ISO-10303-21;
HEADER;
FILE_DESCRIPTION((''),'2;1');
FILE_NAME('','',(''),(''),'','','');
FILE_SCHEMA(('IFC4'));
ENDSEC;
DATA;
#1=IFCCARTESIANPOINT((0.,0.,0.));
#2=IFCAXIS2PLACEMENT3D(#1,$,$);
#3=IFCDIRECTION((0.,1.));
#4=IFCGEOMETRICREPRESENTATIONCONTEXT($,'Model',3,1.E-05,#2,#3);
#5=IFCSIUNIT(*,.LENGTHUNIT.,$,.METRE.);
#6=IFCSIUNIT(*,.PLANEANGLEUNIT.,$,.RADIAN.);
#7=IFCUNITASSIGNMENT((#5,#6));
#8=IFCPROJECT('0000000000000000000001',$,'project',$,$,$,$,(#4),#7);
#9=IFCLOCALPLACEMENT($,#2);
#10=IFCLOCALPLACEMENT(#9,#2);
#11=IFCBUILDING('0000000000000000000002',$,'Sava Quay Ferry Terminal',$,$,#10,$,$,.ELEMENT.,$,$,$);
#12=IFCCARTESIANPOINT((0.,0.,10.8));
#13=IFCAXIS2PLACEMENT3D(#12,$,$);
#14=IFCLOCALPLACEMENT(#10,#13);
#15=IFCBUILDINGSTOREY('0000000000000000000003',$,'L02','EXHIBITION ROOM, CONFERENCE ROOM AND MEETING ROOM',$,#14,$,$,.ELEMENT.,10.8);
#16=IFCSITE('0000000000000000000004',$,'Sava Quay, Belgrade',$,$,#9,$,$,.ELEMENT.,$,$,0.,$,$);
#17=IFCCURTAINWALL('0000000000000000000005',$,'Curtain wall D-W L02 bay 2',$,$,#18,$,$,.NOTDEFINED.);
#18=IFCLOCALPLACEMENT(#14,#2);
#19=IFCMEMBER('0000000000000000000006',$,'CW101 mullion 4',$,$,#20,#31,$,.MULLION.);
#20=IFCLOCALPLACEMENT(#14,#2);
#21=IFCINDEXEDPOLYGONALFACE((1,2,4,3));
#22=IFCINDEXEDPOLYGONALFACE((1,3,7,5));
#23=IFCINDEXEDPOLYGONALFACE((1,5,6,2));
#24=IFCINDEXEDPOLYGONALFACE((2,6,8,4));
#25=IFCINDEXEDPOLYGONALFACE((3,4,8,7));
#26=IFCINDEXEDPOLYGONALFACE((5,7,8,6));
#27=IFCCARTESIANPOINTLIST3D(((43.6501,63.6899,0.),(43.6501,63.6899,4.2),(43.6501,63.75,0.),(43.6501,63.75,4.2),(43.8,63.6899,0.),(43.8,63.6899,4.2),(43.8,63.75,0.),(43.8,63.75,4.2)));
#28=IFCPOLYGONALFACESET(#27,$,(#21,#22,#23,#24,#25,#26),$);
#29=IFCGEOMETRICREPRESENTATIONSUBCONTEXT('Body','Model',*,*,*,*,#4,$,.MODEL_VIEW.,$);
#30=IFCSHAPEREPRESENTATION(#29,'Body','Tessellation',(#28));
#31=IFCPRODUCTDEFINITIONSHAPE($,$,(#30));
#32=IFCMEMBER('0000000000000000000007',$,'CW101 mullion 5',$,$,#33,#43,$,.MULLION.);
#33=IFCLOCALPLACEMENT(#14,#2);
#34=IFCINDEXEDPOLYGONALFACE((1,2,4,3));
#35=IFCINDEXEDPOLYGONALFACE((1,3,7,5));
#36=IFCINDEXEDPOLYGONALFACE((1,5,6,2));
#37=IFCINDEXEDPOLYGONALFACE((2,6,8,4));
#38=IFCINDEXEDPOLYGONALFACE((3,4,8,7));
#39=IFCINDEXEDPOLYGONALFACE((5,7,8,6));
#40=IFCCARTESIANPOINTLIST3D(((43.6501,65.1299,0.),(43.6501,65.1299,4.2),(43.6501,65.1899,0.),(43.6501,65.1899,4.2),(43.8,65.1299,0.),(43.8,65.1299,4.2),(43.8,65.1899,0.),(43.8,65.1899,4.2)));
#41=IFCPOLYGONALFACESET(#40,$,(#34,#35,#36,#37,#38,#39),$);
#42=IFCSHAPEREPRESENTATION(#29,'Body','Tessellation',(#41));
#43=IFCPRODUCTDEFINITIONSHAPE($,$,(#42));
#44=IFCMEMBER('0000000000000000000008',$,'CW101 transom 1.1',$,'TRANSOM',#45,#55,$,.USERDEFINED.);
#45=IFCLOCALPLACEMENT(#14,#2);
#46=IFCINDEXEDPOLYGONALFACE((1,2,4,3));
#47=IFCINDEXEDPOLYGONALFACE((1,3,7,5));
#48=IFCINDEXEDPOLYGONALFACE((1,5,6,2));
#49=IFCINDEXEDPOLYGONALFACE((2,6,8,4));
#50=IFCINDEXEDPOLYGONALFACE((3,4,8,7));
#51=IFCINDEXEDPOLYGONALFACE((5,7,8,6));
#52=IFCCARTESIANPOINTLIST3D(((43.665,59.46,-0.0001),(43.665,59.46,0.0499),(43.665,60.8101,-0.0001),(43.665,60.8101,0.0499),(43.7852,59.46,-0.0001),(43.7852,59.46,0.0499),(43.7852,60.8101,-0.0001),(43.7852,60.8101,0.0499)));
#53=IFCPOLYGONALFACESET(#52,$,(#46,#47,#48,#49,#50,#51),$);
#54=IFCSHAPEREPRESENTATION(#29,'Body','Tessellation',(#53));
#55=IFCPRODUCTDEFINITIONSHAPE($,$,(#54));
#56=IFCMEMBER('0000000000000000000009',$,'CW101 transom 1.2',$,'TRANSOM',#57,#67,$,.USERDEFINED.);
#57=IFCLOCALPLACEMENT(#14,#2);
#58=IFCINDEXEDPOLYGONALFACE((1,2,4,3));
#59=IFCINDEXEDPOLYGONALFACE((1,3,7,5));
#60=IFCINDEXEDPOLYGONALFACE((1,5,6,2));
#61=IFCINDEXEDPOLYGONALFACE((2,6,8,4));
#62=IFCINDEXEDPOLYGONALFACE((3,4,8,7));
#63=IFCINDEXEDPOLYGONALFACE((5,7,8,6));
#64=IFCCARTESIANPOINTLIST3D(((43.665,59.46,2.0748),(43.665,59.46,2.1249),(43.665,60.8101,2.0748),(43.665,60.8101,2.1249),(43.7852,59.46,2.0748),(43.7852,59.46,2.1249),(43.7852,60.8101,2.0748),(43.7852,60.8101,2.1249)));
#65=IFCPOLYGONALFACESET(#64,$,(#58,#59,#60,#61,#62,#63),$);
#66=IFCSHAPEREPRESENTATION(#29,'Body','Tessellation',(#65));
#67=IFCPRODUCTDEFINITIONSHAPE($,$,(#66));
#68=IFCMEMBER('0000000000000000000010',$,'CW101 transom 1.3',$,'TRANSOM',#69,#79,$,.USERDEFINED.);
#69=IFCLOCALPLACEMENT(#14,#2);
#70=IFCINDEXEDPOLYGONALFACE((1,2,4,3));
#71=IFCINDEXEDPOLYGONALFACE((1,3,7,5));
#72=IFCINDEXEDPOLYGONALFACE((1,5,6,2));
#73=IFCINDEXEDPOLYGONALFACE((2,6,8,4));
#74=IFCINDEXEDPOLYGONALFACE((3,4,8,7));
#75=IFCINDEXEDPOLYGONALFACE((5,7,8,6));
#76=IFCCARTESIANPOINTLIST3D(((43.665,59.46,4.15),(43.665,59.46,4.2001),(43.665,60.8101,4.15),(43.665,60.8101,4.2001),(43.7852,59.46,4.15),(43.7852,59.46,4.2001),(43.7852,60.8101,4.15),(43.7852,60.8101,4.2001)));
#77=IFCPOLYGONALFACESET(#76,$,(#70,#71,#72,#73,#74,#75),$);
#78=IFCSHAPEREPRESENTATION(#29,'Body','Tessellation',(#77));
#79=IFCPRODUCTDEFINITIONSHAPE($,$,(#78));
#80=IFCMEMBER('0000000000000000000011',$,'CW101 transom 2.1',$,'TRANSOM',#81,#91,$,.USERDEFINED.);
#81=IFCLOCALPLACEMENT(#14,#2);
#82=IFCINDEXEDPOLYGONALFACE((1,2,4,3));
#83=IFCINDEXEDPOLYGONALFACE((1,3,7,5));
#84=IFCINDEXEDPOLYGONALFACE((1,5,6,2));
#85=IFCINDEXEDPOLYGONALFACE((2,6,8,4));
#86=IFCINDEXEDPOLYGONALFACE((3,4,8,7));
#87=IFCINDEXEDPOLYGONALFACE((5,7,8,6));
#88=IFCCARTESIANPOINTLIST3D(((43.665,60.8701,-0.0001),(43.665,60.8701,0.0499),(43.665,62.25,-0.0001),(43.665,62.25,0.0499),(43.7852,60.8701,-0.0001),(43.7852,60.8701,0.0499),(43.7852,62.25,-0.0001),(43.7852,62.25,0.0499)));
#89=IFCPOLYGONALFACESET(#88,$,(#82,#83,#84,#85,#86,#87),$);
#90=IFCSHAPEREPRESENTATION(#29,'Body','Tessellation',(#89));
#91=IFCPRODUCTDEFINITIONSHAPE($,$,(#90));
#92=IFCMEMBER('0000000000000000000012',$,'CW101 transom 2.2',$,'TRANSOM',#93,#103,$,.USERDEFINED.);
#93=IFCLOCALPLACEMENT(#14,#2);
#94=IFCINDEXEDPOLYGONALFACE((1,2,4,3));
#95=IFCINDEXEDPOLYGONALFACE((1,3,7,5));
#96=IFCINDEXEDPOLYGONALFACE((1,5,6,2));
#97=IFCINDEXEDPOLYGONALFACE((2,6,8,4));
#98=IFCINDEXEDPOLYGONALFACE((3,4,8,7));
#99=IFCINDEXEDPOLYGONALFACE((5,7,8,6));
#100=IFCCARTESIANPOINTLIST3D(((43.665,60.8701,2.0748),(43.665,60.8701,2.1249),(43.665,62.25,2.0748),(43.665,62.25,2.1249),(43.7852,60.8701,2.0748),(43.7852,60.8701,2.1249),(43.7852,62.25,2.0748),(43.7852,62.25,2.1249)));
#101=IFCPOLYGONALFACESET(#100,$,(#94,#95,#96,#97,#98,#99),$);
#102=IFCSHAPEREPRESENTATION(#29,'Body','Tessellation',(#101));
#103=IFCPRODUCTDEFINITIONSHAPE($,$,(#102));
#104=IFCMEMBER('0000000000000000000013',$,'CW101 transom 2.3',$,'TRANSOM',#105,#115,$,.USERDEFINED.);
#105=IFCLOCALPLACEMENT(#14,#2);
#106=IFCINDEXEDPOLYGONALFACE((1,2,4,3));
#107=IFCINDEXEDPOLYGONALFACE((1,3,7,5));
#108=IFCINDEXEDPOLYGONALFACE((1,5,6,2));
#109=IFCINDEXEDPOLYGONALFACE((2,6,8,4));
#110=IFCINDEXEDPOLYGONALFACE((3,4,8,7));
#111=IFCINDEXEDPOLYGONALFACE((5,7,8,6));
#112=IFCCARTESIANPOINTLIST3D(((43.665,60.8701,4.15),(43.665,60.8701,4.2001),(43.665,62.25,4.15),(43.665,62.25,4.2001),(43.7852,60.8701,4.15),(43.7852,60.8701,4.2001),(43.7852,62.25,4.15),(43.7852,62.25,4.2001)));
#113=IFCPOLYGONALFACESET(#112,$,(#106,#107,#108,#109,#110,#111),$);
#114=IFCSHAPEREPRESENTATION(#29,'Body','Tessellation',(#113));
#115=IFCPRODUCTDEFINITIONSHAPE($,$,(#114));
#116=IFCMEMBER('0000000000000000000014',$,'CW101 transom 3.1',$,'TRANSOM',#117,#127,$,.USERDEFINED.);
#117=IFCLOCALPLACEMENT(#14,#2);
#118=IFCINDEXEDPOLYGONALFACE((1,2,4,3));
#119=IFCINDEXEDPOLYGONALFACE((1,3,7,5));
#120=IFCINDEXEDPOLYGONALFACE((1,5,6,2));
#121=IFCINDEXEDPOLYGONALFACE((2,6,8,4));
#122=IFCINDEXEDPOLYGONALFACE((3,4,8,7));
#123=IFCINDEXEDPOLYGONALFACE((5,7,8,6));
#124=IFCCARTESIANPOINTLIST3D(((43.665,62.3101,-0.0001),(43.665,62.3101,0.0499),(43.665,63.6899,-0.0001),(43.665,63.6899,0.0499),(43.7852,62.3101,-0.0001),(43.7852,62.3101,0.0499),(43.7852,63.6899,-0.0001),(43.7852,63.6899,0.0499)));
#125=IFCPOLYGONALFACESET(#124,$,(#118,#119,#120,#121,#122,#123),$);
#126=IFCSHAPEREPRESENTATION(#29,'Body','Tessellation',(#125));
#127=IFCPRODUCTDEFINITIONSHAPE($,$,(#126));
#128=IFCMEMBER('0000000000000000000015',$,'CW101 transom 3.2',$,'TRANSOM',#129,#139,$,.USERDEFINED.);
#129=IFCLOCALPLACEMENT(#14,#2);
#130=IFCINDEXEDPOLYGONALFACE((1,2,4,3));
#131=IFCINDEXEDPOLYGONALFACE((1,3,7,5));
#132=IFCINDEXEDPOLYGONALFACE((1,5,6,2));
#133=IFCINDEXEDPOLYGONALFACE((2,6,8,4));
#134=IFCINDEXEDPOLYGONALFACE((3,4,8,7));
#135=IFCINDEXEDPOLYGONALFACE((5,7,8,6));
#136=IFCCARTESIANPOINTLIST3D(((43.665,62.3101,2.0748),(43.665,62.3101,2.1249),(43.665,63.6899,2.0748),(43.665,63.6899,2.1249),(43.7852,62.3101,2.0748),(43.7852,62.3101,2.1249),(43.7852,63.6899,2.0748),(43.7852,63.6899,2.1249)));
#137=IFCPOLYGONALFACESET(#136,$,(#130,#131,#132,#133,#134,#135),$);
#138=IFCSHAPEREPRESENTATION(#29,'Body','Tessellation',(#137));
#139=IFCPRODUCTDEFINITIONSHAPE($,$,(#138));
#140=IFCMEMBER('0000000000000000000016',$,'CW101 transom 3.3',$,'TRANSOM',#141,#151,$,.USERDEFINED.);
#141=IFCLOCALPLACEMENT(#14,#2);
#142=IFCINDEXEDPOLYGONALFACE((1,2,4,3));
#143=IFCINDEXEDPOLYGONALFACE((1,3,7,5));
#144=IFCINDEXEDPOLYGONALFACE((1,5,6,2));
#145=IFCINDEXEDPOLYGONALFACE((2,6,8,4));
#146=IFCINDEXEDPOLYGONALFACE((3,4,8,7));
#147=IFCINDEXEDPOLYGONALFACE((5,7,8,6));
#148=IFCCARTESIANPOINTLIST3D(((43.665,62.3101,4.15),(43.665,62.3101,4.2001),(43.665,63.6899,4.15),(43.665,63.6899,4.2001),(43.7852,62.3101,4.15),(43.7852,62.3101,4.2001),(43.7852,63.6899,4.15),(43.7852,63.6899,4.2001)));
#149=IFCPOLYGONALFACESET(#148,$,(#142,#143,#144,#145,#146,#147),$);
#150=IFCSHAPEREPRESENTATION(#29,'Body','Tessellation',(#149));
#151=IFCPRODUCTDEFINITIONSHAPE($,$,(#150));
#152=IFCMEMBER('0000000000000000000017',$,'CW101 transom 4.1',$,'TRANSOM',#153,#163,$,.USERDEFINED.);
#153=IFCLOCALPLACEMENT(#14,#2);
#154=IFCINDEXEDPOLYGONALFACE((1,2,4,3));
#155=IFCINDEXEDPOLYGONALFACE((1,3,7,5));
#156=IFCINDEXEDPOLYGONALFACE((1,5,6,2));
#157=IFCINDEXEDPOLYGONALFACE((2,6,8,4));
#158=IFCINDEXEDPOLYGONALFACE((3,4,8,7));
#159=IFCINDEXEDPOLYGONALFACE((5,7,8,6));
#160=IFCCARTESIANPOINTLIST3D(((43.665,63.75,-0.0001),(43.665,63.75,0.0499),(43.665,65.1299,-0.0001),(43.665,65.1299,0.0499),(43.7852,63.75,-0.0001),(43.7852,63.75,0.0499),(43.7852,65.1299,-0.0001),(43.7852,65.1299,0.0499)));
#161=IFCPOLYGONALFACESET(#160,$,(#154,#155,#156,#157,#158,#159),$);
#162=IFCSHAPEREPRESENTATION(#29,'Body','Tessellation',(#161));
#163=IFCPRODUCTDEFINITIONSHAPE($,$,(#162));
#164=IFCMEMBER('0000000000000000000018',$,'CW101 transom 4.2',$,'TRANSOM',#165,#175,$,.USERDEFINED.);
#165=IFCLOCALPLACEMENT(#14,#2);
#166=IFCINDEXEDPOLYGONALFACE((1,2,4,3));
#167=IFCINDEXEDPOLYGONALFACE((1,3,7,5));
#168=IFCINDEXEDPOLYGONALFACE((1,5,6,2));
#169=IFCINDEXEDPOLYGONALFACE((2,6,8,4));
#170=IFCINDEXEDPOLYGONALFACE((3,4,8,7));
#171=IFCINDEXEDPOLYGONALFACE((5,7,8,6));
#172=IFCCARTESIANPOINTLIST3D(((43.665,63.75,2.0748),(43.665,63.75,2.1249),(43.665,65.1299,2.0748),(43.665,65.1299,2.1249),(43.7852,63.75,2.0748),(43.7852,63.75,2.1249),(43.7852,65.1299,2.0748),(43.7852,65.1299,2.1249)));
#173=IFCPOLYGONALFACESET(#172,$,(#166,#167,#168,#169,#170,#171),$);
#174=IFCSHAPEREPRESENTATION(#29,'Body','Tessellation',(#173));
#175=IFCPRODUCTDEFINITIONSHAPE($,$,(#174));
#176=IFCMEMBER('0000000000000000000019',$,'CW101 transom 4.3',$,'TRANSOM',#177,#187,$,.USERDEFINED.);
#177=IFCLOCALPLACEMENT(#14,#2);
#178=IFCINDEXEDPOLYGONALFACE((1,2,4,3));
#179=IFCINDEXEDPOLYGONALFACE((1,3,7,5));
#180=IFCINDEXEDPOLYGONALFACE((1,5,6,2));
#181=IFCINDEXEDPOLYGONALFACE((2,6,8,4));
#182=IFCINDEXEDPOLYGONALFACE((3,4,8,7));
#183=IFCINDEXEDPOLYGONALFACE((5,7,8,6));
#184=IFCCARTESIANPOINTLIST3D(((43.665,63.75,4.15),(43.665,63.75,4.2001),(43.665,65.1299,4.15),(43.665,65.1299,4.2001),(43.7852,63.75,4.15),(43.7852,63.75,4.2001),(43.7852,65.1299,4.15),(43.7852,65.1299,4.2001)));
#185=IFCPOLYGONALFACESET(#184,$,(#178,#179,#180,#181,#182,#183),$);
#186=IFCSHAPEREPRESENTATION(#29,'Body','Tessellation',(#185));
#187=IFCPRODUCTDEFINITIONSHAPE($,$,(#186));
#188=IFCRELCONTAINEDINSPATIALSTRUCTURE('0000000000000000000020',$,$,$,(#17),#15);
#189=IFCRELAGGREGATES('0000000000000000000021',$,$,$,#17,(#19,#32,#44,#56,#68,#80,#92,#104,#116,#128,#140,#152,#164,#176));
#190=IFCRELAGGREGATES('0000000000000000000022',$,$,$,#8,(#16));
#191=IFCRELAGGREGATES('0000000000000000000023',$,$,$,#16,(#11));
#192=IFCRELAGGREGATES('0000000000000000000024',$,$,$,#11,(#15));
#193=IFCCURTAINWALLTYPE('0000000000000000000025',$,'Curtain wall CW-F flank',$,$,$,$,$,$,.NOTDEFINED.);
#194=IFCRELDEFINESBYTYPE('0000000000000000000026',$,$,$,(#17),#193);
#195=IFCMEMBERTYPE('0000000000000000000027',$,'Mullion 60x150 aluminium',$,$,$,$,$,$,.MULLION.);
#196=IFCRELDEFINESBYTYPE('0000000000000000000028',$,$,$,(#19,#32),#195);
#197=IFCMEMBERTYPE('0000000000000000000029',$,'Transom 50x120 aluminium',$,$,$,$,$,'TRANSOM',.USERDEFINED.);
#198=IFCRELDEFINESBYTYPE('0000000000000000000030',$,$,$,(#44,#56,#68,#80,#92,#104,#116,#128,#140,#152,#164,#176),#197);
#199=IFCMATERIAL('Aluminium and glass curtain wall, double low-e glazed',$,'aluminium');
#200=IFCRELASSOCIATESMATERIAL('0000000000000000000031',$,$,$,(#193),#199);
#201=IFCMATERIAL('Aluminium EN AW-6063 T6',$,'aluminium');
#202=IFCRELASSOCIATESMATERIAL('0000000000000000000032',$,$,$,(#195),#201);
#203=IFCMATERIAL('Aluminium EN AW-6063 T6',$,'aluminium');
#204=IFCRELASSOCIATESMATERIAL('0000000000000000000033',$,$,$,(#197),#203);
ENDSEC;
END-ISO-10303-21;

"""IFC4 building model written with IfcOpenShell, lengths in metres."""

from ifc_helpers import new_model, si_unit, direction, frame, origin, origin_2d, place, context, subcontext, project, spatial, rectangle, extrude, material, material_profile, profile_set, type_object, element, aggregate, save


model = new_model("IFC4")

# Units and contexts
model_context = context("Model", 3, precision=1e-05, world=origin(), true_north=direction((0.0, 1.0)))
body_context = subcontext(model_context, "Body", "Model", "MODEL_VIEW")
ifc_project = project(units=[si_unit("LENGTHUNIT", "METRE"), si_unit("PLANEANGLEUNIT", "RADIAN")], contexts=[model_context])

# Site, building, storey
site_placement = place(None, origin())
site = spatial("IfcSite", under=ifc_project, at=site_placement, Name="Sava Quay, Belgrade", CompositionType="ELEMENT", RefElevation=0.0)
building_placement = place(site_placement, origin())
building = spatial("IfcBuilding", under=site, at=building_placement, Name="Sava Quay Ferry Terminal", CompositionType="ELEMENT")
storey_placement = place(building_placement, frame((0.0, 0.0, 10.8)))
storey = spatial("IfcBuildingStorey", under=building, at=storey_placement, Name="L02", Description="EXHIBITION ROOM, CONFERENCE ROOM AND MEETING ROOM", CompositionType="ELEMENT", Elevation=10.8)

# Shared definitions
ifc_material_1 = material(Name="Aluminium and glass curtain wall, double low-e glazed", Category="aluminium")
curtain_wall_type = type_object("IfcCurtainWallType", Name="Curtain wall CW-F flank", PredefinedType="NOTDEFINED", material=ifc_material_1)
ifc_material_2 = material(Name="Aluminium EN AW-6063 T6", Category="aluminium")
ifc_material_profile_1 = material_profile(ifc_material_2, rectangle(XDim=0.1499, YDim=0.0601, at=origin_2d()), Name="Mullion 60x150 aluminium")
ifc_profile_set_1 = profile_set([ifc_material_profile_1], Name="Aluminium EN AW-6063 T6")
member_type_1 = type_object("IfcMemberType", Name="Mullion 60x150 aluminium", PredefinedType="MULLION", material=ifc_profile_set_1)

# Curtain wall, members
curtain_wall_1_placement = place(storey_placement, origin())
curtain_wall_1 = element("IfcCurtainWall", 1, at=curtain_wall_1_placement, inside=storey, type_object=curtain_wall_type, Name="Curtain wall D-W L02 bay 2", PredefinedType="NOTDEFINED")
member_1_placement = place(storey_placement, frame((43.7251, 63.72, 0.0), z_axis=(0.0, 0.0, 1.0), x_axis=(-1.0, 0.0, 0.0)))
member_1 = element("IfcMember", 2, at=member_1_placement, type_object=member_type_1, Name="CW101 mullion 4", PredefinedType="MULLION", context=body_context, shape_type="SweptSolid", body=[
    extrude(rectangle(XDim=0.1499, YDim=0.0601, at=origin_2d()), origin(), (0.0, 0.0, 1.0), 4.2),
])
member_2_placement = place(storey_placement, frame((43.7251, 65.1599, 0.0), z_axis=(0.0, 0.0, 1.0), x_axis=(-1.0, 0.0, 0.0)))
member_2 = element("IfcMember", 3, at=member_2_placement, type_object=member_type_1, Name="CW101 mullion 5", PredefinedType="MULLION", context=body_context, shape_type="SweptSolid", body=[
    extrude(rectangle(XDim=0.1499, YDim=0.0601, at=origin_2d()), origin(), (0.0, 0.0, 1.0), 4.2),
])
ifc_material_3 = material(Name="Aluminium EN AW-6063 T6", Category="aluminium")
ifc_material_profile_2 = material_profile(ifc_material_3, rectangle(XDim=0.1201, YDim=0.05, at=origin_2d()), Name="Transom 50x120 aluminium")
ifc_profile_set_2 = profile_set([ifc_material_profile_2], Name="Aluminium EN AW-6063 T6")
member_type_2 = type_object("IfcMemberType", Name="Transom 50x120 aluminium", ElementType="TRANSOM", PredefinedType="USERDEFINED", material=ifc_profile_set_2)
member_3_placement = place(storey_placement, frame((43.7251, 59.46, 0.0249), z_axis=(0.0, 1.0, 0.0), x_axis=(-1.0, 0.0, 0.0)))
member_3 = element("IfcMember", 4, at=member_3_placement, type_object=member_type_2, Name="CW101 transom 1.1", ObjectType="TRANSOM", PredefinedType="USERDEFINED", context=body_context, shape_type="SweptSolid", body=[
    extrude(rectangle(XDim=0.1201, YDim=0.05, at=origin_2d()), origin(), (0.0, 0.0, 1.0), 1.3501),
])
member_4_placement = place(storey_placement, frame((43.7251, 59.46, 2.0999), z_axis=(0.0, 1.0, 0.0), x_axis=(-1.0, 0.0, 0.0)))
member_4 = element("IfcMember", 5, at=member_4_placement, type_object=member_type_2, Name="CW101 transom 1.2", ObjectType="TRANSOM", PredefinedType="USERDEFINED", context=body_context, shape_type="SweptSolid", body=[
    extrude(rectangle(XDim=0.1201, YDim=0.05, at=origin_2d()), origin(), (0.0, 0.0, 1.0), 1.3501),
])
member_5_placement = place(storey_placement, frame((43.7251, 59.46, 4.175), z_axis=(0.0, 1.0, 0.0), x_axis=(-1.0, 0.0, 0.0)))
member_5 = element("IfcMember", 6, at=member_5_placement, type_object=member_type_2, Name="CW101 transom 1.3", ObjectType="TRANSOM", PredefinedType="USERDEFINED", context=body_context, shape_type="SweptSolid", body=[
    extrude(rectangle(XDim=0.1201, YDim=0.05, at=origin_2d()), origin(), (0.0, 0.0, 1.0), 1.3501),
])
member_6_placement = place(storey_placement, frame((43.7251, 60.8701, 0.0249), z_axis=(0.0, 1.0, 0.0), x_axis=(-1.0, 0.0, 0.0)))
member_6 = element("IfcMember", 7, at=member_6_placement, type_object=member_type_2, Name="CW101 transom 2.1", ObjectType="TRANSOM", PredefinedType="USERDEFINED", context=body_context, shape_type="SweptSolid", body=[
    extrude(rectangle(XDim=0.1201, YDim=0.05, at=origin_2d()), origin(), (0.0, 0.0, 1.0), 1.3799),
])
member_7_placement = place(storey_placement, frame((43.7251, 60.8701, 2.0999), z_axis=(0.0, 1.0, 0.0), x_axis=(-1.0, 0.0, 0.0)))
member_7 = element("IfcMember", 8, at=member_7_placement, type_object=member_type_2, Name="CW101 transom 2.2", ObjectType="TRANSOM", PredefinedType="USERDEFINED", context=body_context, shape_type="SweptSolid", body=[
    extrude(rectangle(XDim=0.1201, YDim=0.05, at=origin_2d()), origin(), (0.0, 0.0, 1.0), 1.3799),
])
member_8_placement = place(storey_placement, frame((43.7251, 60.8701, 4.175), z_axis=(0.0, 1.0, 0.0), x_axis=(-1.0, 0.0, 0.0)))
member_8 = element("IfcMember", 9, at=member_8_placement, type_object=member_type_2, Name="CW101 transom 2.3", ObjectType="TRANSOM", PredefinedType="USERDEFINED", context=body_context, shape_type="SweptSolid", body=[
    extrude(rectangle(XDim=0.1201, YDim=0.05, at=origin_2d()), origin(), (0.0, 0.0, 1.0), 1.3799),
])
member_9_placement = place(storey_placement, frame((43.7251, 62.3101, 0.0249), z_axis=(0.0, 1.0, 0.0), x_axis=(-1.0, 0.0, 0.0)))
member_9 = element("IfcMember", 10, at=member_9_placement, type_object=member_type_2, Name="CW101 transom 3.1", ObjectType="TRANSOM", PredefinedType="USERDEFINED", context=body_context, shape_type="SweptSolid", body=[
    extrude(rectangle(XDim=0.1201, YDim=0.05, at=origin_2d()), origin(), (0.0, 0.0, 1.0), 1.3799),
])
member_10_placement = place(storey_placement, frame((43.7251, 62.3101, 2.0999), z_axis=(0.0, 1.0, 0.0), x_axis=(-1.0, 0.0, 0.0)))
member_10 = element("IfcMember", 11, at=member_10_placement, type_object=member_type_2, Name="CW101 transom 3.2", ObjectType="TRANSOM", PredefinedType="USERDEFINED", context=body_context, shape_type="SweptSolid", body=[
    extrude(rectangle(XDim=0.1201, YDim=0.05, at=origin_2d()), origin(), (0.0, 0.0, 1.0), 1.3799),
])
member_11_placement = place(storey_placement, frame((43.7251, 62.3101, 4.175), z_axis=(0.0, 1.0, 0.0), x_axis=(-1.0, 0.0, 0.0)))
member_11 = element("IfcMember", 12, at=member_11_placement, type_object=member_type_2, Name="CW101 transom 3.3", ObjectType="TRANSOM", PredefinedType="USERDEFINED", context=body_context, shape_type="SweptSolid", body=[
    extrude(rectangle(XDim=0.1201, YDim=0.05, at=origin_2d()), origin(), (0.0, 0.0, 1.0), 1.3799),
])
member_12_placement = place(storey_placement, frame((43.7251, 63.75, 0.0249), z_axis=(0.0, 1.0, 0.0), x_axis=(-1.0, 0.0, 0.0)))
member_12 = element("IfcMember", 13, at=member_12_placement, type_object=member_type_2, Name="CW101 transom 4.1", ObjectType="TRANSOM", PredefinedType="USERDEFINED", context=body_context, shape_type="SweptSolid", body=[
    extrude(rectangle(XDim=0.1201, YDim=0.05, at=origin_2d()), origin(), (0.0, 0.0, 1.0), 1.3799),
])
member_13_placement = place(storey_placement, frame((43.7251, 63.75, 2.0999), z_axis=(0.0, 1.0, 0.0), x_axis=(-1.0, 0.0, 0.0)))
member_13 = element("IfcMember", 14, at=member_13_placement, type_object=member_type_2, Name="CW101 transom 4.2", ObjectType="TRANSOM", PredefinedType="USERDEFINED", context=body_context, shape_type="SweptSolid", body=[
    extrude(rectangle(XDim=0.1201, YDim=0.05, at=origin_2d()), origin(), (0.0, 0.0, 1.0), 1.3799),
])
member_14_placement = place(storey_placement, frame((43.7251, 63.75, 4.175), z_axis=(0.0, 1.0, 0.0), x_axis=(-1.0, 0.0, 0.0)))
member_14 = element("IfcMember", 15, at=member_14_placement, type_object=member_type_2, Name="CW101 transom 4.3", ObjectType="TRANSOM", PredefinedType="USERDEFINED", context=body_context, shape_type="SweptSolid", body=[
    extrude(rectangle(XDim=0.1201, YDim=0.05, at=origin_2d()), origin(), (0.0, 0.0, 1.0), 1.3799),
])
aggregate(curtain_wall_1, [member_1, member_2, member_3, member_4, member_5, member_6, member_7, member_8, member_9, member_10, member_11, member_12, member_13, member_14])

save(model, "model.ifc")
